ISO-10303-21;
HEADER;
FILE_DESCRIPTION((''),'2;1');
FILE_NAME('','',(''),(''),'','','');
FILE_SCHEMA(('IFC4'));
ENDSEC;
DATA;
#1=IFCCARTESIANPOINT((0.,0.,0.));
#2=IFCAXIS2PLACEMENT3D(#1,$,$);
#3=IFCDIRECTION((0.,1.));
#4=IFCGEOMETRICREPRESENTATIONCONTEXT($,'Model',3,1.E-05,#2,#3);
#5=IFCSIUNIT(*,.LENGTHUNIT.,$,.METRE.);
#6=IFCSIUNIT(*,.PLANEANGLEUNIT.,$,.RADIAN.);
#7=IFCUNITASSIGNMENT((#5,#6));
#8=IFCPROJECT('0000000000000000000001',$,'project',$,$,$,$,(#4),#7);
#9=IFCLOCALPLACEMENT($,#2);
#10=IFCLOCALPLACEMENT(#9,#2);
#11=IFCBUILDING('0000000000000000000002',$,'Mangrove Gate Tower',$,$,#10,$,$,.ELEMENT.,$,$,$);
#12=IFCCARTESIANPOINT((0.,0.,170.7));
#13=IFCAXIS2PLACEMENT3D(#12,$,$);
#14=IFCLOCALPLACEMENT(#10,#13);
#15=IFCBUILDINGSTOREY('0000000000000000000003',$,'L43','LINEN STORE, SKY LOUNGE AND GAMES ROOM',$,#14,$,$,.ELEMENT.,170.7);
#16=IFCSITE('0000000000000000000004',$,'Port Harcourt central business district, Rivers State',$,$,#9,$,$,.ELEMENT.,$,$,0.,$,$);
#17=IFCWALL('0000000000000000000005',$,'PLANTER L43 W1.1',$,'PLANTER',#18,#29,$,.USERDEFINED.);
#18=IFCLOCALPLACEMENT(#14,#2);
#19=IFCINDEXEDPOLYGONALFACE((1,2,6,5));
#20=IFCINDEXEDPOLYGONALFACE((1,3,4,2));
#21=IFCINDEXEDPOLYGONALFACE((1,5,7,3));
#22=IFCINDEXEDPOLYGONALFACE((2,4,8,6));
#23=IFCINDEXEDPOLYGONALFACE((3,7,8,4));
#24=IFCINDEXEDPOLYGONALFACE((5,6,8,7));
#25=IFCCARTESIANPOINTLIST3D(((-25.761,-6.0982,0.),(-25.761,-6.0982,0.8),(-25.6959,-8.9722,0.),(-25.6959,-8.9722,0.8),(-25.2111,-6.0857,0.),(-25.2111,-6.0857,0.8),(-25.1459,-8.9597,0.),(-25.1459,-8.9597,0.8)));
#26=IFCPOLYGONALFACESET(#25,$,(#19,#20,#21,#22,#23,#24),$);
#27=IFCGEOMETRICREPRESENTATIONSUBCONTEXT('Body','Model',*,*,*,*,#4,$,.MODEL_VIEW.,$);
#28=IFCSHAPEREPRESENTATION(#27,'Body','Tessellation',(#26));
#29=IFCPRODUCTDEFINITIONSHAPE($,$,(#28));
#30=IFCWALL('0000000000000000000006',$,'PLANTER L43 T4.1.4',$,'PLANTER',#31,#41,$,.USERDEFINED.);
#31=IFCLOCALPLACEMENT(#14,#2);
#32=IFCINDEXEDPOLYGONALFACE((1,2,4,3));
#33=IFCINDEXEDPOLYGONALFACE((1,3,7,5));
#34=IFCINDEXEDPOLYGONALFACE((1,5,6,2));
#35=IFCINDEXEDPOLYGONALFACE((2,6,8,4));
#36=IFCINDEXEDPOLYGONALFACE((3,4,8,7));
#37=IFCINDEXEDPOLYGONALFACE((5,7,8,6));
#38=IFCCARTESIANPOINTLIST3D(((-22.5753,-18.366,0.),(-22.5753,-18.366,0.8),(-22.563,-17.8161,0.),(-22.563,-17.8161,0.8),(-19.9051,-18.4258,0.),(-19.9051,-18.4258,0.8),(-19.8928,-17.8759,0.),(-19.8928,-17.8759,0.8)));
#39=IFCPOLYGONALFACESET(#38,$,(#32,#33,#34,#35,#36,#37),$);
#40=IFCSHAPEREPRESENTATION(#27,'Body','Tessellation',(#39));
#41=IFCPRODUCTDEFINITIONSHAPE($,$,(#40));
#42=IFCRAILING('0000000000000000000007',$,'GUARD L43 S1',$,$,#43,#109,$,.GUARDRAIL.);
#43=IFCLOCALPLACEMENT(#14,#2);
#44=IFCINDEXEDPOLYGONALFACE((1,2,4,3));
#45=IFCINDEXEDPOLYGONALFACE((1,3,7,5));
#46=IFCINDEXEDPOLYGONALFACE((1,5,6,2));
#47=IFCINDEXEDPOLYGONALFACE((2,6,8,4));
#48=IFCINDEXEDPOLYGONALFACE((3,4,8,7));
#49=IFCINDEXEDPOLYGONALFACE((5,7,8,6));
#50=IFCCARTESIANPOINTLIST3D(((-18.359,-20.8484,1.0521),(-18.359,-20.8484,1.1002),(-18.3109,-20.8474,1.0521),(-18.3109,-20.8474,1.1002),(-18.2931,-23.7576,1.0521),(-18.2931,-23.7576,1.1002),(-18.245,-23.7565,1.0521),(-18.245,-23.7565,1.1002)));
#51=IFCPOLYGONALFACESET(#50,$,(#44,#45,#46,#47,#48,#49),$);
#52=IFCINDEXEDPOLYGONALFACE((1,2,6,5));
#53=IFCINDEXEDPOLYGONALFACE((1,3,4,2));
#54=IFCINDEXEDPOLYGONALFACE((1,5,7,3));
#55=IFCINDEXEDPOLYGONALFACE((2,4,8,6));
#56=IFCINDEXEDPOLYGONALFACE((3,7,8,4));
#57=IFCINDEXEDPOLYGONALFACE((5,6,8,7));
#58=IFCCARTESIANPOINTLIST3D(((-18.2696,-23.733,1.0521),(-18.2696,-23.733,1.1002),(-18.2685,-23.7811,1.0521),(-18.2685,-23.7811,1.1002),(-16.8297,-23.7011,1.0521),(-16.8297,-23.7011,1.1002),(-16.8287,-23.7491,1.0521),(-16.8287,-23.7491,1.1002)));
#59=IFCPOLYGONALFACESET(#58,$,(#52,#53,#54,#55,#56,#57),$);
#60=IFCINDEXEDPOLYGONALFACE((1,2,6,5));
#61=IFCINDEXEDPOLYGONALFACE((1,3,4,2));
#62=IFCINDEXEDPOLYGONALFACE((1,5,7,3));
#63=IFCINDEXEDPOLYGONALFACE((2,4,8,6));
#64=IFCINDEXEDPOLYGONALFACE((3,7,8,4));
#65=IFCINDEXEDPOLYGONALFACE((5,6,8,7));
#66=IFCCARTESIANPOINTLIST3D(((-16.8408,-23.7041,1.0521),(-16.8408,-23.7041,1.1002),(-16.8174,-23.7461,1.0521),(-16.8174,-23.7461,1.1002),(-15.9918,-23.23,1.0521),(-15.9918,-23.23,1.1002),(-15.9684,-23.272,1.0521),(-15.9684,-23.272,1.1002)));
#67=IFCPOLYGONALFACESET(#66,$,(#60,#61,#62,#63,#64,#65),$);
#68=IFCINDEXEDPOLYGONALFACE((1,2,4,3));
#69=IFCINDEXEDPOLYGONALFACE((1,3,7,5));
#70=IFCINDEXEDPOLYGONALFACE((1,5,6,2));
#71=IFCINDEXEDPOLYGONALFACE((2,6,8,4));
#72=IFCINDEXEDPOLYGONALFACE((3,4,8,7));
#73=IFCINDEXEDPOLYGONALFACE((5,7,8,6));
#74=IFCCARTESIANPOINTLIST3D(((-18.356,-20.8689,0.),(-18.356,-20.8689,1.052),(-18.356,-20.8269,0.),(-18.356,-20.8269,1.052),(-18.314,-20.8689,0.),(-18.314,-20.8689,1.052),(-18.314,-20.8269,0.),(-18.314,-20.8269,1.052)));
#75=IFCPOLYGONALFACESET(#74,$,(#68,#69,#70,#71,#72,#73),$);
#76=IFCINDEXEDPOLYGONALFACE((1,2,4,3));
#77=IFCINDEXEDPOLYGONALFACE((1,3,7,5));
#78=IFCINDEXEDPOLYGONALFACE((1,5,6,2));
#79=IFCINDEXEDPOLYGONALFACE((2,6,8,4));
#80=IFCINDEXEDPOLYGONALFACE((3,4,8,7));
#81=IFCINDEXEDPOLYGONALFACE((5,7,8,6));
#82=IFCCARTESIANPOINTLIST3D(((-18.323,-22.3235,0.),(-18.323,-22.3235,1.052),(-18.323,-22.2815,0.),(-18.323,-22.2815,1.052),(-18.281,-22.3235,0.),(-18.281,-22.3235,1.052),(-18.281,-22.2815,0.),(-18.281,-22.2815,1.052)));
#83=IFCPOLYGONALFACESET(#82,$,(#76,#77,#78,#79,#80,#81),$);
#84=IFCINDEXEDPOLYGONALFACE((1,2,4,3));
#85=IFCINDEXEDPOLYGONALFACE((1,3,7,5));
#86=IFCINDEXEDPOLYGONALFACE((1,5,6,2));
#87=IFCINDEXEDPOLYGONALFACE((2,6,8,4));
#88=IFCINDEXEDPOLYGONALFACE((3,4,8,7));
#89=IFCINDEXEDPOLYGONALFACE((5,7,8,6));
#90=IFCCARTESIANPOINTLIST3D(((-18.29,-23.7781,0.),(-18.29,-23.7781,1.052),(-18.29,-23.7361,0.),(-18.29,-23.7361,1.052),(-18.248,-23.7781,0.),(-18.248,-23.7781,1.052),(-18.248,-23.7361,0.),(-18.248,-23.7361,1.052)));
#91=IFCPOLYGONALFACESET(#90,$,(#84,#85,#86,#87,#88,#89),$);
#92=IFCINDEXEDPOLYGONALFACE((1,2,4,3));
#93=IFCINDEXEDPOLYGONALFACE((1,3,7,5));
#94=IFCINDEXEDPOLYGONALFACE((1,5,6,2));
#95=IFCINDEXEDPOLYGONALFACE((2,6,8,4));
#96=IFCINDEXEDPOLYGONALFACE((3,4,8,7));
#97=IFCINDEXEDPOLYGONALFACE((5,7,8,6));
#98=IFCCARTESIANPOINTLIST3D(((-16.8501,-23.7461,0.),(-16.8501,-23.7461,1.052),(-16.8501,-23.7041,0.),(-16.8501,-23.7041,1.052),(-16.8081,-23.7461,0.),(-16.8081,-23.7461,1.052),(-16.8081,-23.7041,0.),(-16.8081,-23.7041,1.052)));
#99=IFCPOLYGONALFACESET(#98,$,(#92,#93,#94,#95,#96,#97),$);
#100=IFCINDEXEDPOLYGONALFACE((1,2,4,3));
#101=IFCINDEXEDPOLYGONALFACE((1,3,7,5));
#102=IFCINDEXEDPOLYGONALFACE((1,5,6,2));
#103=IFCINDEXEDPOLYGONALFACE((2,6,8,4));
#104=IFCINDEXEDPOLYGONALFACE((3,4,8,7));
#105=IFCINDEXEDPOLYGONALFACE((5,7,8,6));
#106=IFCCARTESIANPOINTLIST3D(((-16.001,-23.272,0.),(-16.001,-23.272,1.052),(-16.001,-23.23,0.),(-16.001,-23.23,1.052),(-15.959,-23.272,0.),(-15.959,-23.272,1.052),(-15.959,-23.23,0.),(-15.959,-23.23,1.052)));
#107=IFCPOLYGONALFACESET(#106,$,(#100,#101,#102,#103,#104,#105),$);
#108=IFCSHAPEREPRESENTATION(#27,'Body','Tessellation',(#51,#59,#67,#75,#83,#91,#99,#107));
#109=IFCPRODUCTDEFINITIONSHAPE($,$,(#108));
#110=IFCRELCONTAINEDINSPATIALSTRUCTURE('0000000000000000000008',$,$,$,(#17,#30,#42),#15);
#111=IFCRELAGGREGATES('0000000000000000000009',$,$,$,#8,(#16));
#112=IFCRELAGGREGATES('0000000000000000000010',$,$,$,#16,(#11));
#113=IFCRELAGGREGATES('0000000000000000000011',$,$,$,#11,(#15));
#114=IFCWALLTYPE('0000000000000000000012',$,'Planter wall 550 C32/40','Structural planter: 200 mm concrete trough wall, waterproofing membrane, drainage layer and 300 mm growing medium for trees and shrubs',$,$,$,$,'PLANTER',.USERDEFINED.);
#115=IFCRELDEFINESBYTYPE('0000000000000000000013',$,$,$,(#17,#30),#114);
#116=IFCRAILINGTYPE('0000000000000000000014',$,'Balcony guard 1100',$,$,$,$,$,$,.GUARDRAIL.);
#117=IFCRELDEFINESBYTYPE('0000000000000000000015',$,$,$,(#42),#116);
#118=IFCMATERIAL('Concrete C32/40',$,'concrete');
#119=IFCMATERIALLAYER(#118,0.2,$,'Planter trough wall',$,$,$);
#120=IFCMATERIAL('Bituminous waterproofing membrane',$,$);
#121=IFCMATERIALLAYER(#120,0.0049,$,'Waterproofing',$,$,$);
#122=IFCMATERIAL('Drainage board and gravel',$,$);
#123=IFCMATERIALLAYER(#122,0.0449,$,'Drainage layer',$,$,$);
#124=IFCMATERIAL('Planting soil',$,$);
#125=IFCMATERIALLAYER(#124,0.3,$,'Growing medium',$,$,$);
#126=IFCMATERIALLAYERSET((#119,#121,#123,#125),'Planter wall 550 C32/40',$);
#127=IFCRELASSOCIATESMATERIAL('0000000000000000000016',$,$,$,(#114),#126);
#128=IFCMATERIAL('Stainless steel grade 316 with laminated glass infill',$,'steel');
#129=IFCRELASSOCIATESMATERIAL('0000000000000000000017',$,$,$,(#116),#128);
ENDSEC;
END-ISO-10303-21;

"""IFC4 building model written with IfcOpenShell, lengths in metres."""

from ifc_helpers import new_model, si_unit, direction, frame, frame_2d, origin, origin_2d, place, context, subcontext, project, spatial, rectangle, extrude, material, layer, layer_set, type_object, element, save


model = new_model("IFC4")

# Units and contexts
model_context = context("Model", 3, precision=1e-05, world=origin(), true_north=direction((0.0, 1.0)))
body_context = subcontext(model_context, "Body", "Model", "MODEL_VIEW")
ifc_project = project(units=[si_unit("LENGTHUNIT", "METRE"), si_unit("PLANEANGLEUNIT", "RADIAN")], contexts=[model_context])

# Site, building, storey
site_placement = place(None, origin())
site = spatial("IfcSite", under=ifc_project, at=site_placement, Name="Port Harcourt central business district, Rivers State", CompositionType="ELEMENT", RefElevation=0.0)
building_placement = place(site_placement, origin())
building = spatial("IfcBuilding", under=site, at=building_placement, Name="Mangrove Gate Tower", CompositionType="ELEMENT")
storey_placement = place(building_placement, frame((0.0, 0.0, 170.7)))
storey = spatial("IfcBuildingStorey", under=building, at=storey_placement, Name="L43", Description="LINEN STORE, SKY LOUNGE AND GAMES ROOM", CompositionType="ELEMENT", Elevation=170.7)

# Walls
ifc_material_1 = material(Name="Concrete C32/40", Category="concrete")
ifc_layer_1 = layer(ifc_material_1, 0.2, Name="Planter trough wall")
ifc_material_2 = material(Name="Bituminous waterproofing membrane")
ifc_layer_2 = layer(ifc_material_2, 0.0049, Name="Waterproofing")
ifc_material_3 = material(Name="Drainage board and gravel")
ifc_layer_3 = layer(ifc_material_3, 0.0449, Name="Drainage layer")
ifc_material_4 = material(Name="Planting soil")
ifc_layer_4 = layer(ifc_material_4, 0.3, Name="Growing medium")
ifc_layer_set_1 = layer_set([ifc_layer_1, ifc_layer_2, ifc_layer_3, ifc_layer_4], Name="Planter wall 550 C32/40")
wall_type_1 = type_object("IfcWallType", Name="Planter wall 550 C32/40", Description="Structural planter: 200 mm concrete trough wall, waterproofing membrane, drainage layer and 300 mm growing medium for trees and shrubs", ElementType="PLANTER", PredefinedType="USERDEFINED", material=ifc_layer_set_1)
wall_1_placement = place(storey_placement, frame((-25.4209, -8.9661, 0.0), z_axis=(0.0, 0.0, 1.0), x_axis=(-0.022675, 0.999743, 0.0)))
element("IfcWall", 1, at=wall_1_placement, inside=storey, type_object=wall_type_1, Name="PLANTER L43 W1.1", ObjectType="PLANTER", PredefinedType="USERDEFINED", context=body_context, shape_type="SweptSolid", body=[
    extrude(rectangle(XDim=2.8748, YDim=0.55, at=frame_2d((1.4375, 0.0))), origin(), (0.0, 0.0, 1.0), 0.8),
])
wall_2_placement = place(storey_placement, frame((-19.8989, -18.1509, 0.0), z_axis=(0.0, 0.0, 1.0), x_axis=(-0.999749, 0.022395, 0.0)))
element("IfcWall", 2, at=wall_2_placement, inside=storey, type_object=wall_type_1, Name="PLANTER L43 T4.1.4", ObjectType="PLANTER", PredefinedType="USERDEFINED", context=body_context, shape_type="SweptSolid", body=[
    extrude(rectangle(XDim=2.6709, YDim=0.55, at=frame_2d((1.3354, 0.0))), origin(), (0.0, 0.0, 1.0), 0.8),
])

# Railing
ifc_material_5 = material(Name="Stainless steel grade 316 with laminated glass infill", Category="steel")
railing_type = type_object("IfcRailingType", Name="Balcony guard 1100", PredefinedType="GUARDRAIL", material=ifc_material_5)
railing_1_placement = place(storey_placement, frame((-18.335, -20.8479, 0.0)))
element("IfcRailing", 3, at=railing_1_placement, inside=storey, type_object=railing_type, Name="GUARD L43 S1", PredefinedType="GUARDRAIL", context=body_context, shape_type="SweptSolid", body=[
    extrude(rectangle(XDim=0.0481, YDim=0.0481, at=origin_2d()), frame((0.0, 0.0, 1.0762), z_axis=(0.022653, -0.999743, 0.0), x_axis=(0.999743, 0.022653, 0.0)), (0.0, 0.0, 1.0), 2.9099),
    extrude(rectangle(XDim=0.0481, YDim=0.0481, at=origin_2d()), frame((0.0659, -2.9092, 1.0762), z_axis=(0.999753, 0.022205, 0.0), x_axis=(-0.022205, 0.999753, 0.0)), (0.0, 0.0, 1.0), 1.4402),
    extrude(rectangle(XDim=0.0481, YDim=0.0481, at=origin_2d()), frame((1.5059, -2.8772, 1.0762), z_axis=(0.873113, 0.487517, 0.0), x_axis=(-0.487517, 0.873113, 0.0)), (0.0, 0.0, 1.0), 0.9724),
    extrude(rectangle(XDim=0.042, YDim=0.042, at=origin_2d()), origin(), (0.0, 0.0, 1.0), 1.052),
    extrude(rectangle(XDim=0.042, YDim=0.042, at=origin_2d()), frame((0.033, -1.4546, 0.0)), (0.0, 0.0, 1.0), 1.052),
    extrude(rectangle(XDim=0.042, YDim=0.042, at=origin_2d()), frame((0.0659, -2.9092, 0.0)), (0.0, 0.0, 1.0), 1.052),
    extrude(rectangle(XDim=0.042, YDim=0.042, at=origin_2d()), frame((1.5059, -2.8772, 0.0)), (0.0, 0.0, 1.0), 1.052),
    extrude(rectangle(XDim=0.042, YDim=0.042, at=origin_2d()), frame((2.355, -2.4031, 0.0)), (0.0, 0.0, 1.0), 1.052),
])

save(model, "model.ifc")
